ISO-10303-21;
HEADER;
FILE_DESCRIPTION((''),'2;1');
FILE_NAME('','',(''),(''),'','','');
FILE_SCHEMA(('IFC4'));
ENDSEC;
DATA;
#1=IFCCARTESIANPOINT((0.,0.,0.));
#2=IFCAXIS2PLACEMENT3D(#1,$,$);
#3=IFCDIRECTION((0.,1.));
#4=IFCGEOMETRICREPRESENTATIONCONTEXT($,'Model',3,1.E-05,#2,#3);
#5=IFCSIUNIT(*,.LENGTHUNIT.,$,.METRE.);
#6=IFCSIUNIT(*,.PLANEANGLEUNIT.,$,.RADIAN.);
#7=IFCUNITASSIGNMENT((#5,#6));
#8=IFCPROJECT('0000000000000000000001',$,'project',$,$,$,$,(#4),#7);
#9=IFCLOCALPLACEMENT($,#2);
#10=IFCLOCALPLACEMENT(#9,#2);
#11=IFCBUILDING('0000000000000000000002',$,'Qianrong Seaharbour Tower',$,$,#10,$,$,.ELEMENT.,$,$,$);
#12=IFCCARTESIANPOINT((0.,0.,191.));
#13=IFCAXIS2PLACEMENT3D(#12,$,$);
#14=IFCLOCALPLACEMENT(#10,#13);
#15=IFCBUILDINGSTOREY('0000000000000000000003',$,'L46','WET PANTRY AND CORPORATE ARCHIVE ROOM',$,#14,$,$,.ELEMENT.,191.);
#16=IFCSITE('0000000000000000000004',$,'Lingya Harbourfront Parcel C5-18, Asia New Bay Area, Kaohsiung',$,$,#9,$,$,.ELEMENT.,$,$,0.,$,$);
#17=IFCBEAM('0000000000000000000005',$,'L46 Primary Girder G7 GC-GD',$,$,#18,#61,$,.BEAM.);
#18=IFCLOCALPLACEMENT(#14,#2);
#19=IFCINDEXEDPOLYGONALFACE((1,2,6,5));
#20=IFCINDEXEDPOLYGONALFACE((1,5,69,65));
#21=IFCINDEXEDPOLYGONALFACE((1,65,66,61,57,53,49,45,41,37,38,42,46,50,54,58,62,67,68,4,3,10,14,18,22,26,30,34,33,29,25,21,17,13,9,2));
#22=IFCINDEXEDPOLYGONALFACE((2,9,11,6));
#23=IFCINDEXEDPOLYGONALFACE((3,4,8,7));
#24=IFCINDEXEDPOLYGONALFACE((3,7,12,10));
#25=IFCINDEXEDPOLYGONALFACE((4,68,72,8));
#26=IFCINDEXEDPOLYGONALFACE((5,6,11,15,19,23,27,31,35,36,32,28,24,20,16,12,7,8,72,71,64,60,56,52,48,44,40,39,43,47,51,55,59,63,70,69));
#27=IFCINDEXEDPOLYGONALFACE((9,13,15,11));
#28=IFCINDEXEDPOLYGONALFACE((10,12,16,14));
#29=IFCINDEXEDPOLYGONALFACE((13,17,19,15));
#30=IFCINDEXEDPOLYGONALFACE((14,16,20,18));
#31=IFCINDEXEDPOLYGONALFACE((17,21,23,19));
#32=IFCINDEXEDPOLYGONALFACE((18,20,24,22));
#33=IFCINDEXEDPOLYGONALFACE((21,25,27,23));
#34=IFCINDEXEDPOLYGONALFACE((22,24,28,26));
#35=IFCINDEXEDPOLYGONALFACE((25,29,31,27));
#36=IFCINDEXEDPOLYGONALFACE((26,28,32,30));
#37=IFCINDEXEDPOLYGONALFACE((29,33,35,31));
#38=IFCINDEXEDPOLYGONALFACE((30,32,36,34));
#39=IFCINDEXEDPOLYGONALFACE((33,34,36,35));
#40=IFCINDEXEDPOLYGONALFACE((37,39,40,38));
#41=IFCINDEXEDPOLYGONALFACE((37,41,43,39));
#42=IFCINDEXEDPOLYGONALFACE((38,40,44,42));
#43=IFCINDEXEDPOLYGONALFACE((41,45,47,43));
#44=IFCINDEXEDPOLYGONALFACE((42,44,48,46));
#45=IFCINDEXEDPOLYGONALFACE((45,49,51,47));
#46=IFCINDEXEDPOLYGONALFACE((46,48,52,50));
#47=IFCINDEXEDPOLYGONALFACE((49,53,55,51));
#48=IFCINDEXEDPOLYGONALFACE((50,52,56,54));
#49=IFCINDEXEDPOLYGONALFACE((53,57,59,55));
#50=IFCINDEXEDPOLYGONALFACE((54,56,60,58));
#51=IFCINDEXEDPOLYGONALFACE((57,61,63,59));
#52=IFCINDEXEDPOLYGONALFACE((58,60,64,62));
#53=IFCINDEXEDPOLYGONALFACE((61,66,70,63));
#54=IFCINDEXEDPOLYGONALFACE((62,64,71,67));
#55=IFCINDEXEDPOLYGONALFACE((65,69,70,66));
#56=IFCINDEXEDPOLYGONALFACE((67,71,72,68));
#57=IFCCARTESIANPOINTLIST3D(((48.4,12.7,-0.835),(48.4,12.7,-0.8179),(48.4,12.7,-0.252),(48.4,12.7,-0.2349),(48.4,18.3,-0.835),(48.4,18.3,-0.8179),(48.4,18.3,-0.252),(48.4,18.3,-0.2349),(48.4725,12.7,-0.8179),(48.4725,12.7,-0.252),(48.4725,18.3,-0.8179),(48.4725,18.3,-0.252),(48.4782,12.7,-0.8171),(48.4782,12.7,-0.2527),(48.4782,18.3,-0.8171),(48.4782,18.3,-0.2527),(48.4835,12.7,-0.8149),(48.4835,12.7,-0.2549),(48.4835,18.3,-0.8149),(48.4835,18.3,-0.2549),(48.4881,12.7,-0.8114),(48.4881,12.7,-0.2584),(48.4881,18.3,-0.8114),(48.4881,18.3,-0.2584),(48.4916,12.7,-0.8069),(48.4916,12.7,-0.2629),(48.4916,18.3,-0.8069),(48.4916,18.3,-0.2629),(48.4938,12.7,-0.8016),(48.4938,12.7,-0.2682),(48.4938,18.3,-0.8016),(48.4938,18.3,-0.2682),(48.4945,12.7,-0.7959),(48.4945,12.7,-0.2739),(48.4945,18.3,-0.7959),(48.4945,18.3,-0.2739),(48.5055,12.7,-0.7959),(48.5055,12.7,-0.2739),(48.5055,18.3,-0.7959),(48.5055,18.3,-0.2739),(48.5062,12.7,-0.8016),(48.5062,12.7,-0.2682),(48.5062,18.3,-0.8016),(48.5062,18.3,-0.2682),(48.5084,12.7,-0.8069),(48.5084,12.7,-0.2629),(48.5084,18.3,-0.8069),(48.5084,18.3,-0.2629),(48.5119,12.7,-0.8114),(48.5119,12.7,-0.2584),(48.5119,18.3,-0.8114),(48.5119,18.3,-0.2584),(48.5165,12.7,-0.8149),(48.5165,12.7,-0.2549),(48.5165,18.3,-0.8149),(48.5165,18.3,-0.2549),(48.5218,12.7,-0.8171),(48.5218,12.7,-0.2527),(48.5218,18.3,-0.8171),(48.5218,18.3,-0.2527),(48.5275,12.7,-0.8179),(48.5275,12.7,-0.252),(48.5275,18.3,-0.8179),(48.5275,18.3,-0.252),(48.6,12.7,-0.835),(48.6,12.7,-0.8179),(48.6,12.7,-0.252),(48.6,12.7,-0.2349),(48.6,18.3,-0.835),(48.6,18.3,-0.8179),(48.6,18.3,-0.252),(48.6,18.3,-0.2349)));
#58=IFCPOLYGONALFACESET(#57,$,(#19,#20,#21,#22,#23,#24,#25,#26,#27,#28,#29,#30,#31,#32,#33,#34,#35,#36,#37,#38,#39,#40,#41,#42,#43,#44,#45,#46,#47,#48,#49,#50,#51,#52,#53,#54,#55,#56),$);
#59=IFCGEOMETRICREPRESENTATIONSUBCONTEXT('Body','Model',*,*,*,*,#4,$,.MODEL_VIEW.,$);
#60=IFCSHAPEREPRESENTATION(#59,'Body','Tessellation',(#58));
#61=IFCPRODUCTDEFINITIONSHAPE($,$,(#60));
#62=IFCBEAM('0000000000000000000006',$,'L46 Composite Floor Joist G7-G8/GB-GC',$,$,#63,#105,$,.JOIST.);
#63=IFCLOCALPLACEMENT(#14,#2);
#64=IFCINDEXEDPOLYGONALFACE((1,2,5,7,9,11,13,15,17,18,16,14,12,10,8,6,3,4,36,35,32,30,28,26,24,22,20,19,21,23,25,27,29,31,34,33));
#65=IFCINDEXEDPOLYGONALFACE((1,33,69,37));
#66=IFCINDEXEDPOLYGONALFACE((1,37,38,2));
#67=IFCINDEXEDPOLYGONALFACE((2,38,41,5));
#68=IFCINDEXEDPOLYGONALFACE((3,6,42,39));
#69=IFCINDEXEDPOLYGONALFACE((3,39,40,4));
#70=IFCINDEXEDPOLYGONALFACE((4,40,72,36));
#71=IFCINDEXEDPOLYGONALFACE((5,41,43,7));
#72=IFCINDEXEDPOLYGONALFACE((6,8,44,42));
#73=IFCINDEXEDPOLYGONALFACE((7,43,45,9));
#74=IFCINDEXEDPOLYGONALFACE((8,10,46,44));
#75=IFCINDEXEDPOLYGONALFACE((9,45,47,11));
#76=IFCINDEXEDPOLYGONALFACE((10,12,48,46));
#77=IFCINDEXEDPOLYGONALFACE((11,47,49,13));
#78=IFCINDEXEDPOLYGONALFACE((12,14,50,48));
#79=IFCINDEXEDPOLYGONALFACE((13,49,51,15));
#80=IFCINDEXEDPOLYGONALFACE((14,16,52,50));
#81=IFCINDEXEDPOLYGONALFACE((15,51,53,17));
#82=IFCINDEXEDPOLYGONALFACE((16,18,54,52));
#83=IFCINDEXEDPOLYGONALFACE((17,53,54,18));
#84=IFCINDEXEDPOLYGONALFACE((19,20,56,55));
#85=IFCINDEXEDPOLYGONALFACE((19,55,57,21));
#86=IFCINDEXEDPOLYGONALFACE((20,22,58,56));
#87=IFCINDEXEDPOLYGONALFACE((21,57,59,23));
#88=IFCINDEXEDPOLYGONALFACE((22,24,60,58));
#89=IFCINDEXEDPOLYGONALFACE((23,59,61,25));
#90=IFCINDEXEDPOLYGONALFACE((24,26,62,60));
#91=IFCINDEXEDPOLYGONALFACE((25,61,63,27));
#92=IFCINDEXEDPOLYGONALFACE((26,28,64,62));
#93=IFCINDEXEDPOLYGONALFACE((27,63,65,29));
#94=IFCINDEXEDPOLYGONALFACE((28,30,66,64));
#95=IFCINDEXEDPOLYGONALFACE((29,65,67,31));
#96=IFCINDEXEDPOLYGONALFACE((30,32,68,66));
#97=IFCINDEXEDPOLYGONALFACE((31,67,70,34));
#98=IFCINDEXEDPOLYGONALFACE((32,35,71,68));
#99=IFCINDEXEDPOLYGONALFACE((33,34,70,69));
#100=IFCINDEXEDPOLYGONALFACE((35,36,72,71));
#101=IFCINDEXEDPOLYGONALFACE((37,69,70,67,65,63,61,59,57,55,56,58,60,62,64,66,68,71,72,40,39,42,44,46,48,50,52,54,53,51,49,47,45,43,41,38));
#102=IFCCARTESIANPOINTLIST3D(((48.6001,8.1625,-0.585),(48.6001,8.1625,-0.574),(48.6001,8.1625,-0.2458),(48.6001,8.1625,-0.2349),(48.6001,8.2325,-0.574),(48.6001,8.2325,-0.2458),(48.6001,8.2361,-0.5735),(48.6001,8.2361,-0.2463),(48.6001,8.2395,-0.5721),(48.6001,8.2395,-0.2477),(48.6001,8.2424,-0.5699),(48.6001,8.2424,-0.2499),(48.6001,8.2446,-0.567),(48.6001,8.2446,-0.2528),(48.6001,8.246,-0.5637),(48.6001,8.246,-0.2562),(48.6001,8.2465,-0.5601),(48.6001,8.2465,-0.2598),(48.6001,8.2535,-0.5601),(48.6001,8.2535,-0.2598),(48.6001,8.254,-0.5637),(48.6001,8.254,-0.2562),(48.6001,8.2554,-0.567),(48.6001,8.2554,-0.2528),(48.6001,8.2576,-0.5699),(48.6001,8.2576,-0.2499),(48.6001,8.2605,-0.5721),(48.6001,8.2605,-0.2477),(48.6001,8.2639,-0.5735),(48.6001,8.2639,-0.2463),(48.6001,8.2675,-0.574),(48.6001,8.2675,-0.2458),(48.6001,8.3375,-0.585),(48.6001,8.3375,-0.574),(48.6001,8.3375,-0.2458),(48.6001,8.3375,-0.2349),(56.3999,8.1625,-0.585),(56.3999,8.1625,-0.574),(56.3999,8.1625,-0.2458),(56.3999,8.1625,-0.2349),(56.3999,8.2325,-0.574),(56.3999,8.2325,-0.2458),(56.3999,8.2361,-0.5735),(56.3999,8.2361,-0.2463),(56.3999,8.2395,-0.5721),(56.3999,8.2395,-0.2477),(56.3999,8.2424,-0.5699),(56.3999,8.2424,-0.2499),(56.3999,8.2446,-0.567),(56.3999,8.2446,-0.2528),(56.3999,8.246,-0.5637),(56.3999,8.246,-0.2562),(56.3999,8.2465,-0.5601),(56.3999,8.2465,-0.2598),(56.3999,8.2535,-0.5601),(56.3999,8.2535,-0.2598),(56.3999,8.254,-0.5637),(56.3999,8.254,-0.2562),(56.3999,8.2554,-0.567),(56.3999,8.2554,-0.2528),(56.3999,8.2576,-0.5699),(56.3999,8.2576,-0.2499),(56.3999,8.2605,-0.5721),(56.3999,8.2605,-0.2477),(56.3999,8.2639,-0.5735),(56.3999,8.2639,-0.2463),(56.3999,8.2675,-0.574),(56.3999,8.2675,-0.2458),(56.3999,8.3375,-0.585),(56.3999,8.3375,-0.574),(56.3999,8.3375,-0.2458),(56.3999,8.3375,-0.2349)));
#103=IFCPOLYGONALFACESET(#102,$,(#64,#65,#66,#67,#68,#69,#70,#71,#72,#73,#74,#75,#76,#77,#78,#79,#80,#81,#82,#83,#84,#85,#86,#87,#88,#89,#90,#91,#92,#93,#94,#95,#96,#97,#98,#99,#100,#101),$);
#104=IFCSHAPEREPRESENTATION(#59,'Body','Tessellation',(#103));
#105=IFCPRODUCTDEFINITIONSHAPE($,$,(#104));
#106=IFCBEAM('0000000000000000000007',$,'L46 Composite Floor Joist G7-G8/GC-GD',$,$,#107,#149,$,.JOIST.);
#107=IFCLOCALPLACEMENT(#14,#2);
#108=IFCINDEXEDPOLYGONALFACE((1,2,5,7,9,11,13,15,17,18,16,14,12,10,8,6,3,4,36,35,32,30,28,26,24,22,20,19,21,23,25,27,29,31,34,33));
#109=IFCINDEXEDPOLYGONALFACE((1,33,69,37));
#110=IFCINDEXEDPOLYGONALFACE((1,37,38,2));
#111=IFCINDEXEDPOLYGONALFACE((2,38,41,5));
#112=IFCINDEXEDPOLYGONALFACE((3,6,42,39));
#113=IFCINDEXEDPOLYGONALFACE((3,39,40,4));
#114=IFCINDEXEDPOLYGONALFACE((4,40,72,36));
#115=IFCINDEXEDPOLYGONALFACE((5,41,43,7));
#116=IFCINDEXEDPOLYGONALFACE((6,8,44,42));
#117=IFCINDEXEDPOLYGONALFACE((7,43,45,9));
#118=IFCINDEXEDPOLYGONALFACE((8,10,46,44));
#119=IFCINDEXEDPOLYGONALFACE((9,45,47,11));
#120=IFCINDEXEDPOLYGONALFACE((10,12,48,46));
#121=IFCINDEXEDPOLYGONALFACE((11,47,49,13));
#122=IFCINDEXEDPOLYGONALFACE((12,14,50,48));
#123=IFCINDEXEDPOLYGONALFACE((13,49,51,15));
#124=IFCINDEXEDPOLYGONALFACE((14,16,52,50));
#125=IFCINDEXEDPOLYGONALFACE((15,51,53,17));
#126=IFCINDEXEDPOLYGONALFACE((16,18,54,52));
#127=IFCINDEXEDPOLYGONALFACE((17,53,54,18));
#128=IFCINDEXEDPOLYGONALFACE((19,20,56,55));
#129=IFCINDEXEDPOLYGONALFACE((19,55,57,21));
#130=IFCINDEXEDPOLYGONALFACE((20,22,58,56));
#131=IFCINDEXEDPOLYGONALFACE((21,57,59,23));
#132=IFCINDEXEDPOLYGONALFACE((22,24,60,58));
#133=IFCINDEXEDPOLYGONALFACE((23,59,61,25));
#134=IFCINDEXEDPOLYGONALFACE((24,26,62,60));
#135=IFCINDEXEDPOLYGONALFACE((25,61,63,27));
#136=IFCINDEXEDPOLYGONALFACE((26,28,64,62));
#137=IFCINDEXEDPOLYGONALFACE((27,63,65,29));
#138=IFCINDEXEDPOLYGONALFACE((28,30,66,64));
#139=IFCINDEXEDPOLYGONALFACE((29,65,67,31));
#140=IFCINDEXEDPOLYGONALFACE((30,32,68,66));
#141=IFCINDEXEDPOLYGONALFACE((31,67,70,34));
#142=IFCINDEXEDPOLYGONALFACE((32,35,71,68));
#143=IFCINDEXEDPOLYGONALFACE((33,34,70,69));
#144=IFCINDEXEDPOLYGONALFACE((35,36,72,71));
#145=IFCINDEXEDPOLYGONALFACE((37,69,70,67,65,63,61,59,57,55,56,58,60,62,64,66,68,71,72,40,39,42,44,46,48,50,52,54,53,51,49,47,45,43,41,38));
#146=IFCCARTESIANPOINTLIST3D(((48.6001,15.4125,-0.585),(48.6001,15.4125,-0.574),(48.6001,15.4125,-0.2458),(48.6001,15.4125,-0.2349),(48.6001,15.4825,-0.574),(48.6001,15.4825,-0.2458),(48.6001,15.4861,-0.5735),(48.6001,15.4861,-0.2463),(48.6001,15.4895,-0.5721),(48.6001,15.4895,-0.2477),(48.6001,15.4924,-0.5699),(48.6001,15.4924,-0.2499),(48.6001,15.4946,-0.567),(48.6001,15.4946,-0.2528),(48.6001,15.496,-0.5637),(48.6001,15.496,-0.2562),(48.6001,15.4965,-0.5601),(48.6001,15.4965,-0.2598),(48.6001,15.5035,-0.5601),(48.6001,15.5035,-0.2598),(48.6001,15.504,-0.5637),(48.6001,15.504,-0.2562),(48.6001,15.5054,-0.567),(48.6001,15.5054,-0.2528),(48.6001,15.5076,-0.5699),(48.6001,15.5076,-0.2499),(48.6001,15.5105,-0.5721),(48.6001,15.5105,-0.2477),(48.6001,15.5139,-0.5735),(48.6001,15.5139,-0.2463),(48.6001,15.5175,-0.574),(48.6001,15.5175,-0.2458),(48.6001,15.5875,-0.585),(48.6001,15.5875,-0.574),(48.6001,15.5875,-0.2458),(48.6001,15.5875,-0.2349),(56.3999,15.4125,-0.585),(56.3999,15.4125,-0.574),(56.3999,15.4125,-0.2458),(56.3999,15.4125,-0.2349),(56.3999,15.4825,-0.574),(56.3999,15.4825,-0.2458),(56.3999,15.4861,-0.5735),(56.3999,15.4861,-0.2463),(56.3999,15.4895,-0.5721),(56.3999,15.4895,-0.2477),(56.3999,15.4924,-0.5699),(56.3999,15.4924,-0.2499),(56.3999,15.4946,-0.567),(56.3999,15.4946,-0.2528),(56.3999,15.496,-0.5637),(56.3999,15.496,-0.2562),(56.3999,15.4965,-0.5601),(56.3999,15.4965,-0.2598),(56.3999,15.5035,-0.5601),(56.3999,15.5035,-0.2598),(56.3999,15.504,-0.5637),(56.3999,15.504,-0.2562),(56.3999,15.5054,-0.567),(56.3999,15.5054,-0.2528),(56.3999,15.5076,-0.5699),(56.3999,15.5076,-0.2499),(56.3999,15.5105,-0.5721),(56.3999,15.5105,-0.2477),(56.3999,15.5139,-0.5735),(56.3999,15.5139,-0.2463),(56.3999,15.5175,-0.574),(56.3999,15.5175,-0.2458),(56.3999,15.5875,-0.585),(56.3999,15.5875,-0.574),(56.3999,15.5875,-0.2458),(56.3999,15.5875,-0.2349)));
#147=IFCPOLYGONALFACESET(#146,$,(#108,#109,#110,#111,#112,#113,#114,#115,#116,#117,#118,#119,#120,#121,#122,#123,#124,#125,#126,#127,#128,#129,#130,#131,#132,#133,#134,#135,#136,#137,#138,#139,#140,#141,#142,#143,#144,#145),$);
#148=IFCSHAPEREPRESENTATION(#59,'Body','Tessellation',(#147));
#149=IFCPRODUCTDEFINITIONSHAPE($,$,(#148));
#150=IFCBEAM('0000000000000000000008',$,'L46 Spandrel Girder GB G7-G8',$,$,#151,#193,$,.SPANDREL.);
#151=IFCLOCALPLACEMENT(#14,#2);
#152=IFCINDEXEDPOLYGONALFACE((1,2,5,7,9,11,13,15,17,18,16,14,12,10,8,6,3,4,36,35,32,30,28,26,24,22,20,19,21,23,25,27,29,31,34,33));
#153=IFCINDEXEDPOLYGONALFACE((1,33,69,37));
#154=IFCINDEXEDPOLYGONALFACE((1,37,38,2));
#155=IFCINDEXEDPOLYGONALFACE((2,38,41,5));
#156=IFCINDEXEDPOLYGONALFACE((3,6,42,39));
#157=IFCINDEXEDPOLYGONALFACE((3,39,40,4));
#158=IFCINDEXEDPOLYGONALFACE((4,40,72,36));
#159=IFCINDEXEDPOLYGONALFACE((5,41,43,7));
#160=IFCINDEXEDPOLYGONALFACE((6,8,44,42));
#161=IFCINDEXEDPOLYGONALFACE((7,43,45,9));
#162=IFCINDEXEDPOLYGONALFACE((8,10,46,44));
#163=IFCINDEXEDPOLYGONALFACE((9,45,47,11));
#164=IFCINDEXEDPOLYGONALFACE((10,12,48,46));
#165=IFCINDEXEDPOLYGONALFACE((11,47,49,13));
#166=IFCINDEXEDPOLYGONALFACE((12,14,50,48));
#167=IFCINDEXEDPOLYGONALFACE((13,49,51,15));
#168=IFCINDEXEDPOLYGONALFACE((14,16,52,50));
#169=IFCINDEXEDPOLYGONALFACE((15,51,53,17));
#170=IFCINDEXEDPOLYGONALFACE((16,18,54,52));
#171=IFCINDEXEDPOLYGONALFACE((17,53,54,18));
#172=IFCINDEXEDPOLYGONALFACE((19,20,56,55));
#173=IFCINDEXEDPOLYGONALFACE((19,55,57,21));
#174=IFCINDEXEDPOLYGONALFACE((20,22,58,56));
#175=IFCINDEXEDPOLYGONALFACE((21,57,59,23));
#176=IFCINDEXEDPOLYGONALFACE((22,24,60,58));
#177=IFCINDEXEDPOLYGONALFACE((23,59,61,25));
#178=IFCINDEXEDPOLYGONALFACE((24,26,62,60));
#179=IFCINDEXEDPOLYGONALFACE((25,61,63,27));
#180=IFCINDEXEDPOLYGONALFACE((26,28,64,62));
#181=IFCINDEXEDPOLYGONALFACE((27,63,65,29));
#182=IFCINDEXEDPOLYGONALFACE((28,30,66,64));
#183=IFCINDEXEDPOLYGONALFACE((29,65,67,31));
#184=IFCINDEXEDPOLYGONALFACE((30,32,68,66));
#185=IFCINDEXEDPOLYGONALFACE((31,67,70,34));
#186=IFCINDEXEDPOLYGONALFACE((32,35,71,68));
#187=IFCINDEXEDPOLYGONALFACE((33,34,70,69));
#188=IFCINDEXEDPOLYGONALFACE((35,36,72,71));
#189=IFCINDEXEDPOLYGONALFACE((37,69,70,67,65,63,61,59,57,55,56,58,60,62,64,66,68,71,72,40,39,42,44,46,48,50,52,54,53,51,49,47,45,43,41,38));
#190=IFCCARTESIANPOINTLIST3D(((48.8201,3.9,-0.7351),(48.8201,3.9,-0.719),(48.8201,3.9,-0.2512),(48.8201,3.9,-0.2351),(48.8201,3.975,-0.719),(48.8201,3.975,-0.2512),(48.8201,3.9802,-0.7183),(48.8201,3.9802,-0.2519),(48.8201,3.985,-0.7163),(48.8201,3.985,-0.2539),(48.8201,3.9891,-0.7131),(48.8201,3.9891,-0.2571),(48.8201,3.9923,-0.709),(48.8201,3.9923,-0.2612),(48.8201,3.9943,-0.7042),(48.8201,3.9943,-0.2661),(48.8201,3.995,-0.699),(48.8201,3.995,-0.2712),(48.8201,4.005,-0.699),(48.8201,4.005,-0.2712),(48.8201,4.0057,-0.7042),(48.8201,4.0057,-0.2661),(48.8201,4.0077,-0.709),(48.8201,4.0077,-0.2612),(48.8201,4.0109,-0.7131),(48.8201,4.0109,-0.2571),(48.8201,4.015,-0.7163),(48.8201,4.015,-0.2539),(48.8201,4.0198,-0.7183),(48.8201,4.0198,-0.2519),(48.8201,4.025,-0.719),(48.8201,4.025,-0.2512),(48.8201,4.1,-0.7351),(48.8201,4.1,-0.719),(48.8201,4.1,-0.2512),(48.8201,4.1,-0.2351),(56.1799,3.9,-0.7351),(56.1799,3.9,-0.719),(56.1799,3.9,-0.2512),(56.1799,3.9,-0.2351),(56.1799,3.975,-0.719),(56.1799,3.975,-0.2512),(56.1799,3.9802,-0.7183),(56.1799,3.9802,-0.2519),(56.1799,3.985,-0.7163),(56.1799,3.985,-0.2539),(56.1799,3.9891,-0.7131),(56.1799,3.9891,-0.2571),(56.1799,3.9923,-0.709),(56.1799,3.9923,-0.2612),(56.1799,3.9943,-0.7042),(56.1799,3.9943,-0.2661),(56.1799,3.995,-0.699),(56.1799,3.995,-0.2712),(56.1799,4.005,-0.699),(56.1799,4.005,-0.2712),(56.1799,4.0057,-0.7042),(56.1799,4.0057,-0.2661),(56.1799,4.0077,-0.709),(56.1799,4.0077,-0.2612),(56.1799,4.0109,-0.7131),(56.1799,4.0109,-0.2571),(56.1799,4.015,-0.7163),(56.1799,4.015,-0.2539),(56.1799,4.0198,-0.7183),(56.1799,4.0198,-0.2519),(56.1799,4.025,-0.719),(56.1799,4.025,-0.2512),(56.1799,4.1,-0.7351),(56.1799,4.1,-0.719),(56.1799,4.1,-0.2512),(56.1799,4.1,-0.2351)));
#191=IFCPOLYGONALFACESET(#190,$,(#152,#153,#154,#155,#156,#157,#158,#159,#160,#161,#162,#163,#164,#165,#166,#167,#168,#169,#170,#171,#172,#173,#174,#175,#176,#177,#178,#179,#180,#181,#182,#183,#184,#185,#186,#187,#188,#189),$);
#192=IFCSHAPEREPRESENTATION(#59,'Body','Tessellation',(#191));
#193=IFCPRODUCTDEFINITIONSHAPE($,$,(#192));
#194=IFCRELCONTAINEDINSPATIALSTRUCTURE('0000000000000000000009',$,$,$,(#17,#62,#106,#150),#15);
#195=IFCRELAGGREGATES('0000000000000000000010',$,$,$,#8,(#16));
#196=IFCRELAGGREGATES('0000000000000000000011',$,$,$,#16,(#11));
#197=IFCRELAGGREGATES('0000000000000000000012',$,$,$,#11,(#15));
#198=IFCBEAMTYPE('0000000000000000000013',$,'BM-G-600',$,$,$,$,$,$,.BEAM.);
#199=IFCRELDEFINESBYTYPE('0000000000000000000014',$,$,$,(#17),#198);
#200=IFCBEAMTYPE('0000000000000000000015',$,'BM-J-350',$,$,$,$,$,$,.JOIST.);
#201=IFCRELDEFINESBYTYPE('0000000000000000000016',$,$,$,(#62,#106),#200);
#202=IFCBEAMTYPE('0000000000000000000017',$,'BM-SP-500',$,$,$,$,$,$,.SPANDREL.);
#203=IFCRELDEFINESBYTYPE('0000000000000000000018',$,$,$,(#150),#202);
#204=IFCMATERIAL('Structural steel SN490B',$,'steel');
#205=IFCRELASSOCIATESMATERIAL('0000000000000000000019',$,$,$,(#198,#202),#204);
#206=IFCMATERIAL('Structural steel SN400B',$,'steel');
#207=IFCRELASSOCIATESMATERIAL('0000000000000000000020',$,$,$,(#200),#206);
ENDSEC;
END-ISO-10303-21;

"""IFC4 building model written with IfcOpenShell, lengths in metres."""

from ifc_helpers import new_model, si_unit, direction, frame, origin, origin_2d, place, context, subcontext, project, spatial, i_section, extrude, material, material_profile, profile_set, type_object, element, save


model = new_model("IFC4")

# Units and contexts
model_context = context("Model", 3, precision=1e-05, world=origin(), true_north=direction((0.0, 1.0)))
body_context = subcontext(model_context, "Body", "Model", "MODEL_VIEW")
ifc_project = project(units=[si_unit("LENGTHUNIT", "METRE"), si_unit("PLANEANGLEUNIT", "RADIAN")], contexts=[model_context])

# Site, building, storey
site_placement = place(None, origin())
site = spatial("IfcSite", under=ifc_project, at=site_placement, Name="Lingya Harbourfront Parcel C5-18, Asia New Bay Area, Kaohsiung", CompositionType="ELEMENT", RefElevation=0.0)
building_placement = place(site_placement, origin())
building = spatial("IfcBuilding", under=site, at=building_placement, Name="Qianrong Seaharbour Tower", CompositionType="ELEMENT")
storey_placement = place(building_placement, frame((0.0, 0.0, 191.0)))
storey = spatial("IfcBuildingStorey", under=building, at=storey_placement, Name="L46", Description="WET PANTRY AND CORPORATE ARCHIVE ROOM", CompositionType="ELEMENT", Elevation=191.0)

# Shared definitions
ifc_material_1 = material(Name="Structural steel SN490B", Category="steel")

# Beams
ifc_material_profile_1 = material_profile(ifc_material_1, i_section(OverallWidth=0.2, OverallDepth=0.6001, WebThickness=0.011, FlangeThickness=0.0171, FilletRadius=0.022, at=origin_2d()), Name="H600x200x11x17")
ifc_profile_set_1 = profile_set([ifc_material_profile_1], Name="Structural steel SN490B")
beam_type_1 = type_object("IfcBeamType", Name="BM-G-600", PredefinedType="BEAM", material=ifc_profile_set_1)
beam_1_placement = place(storey_placement, frame((48.5, 12.7, -0.5349), z_axis=(0.0, 1.0, 0.0), x_axis=(-1.0, 0.0, 0.0)))
element("IfcBeam", 1, at=beam_1_placement, inside=storey, type_object=beam_type_1, Name="L46 Primary Girder G7 GC-GD", PredefinedType="BEAM", context=body_context, shape_type="SweptSolid", body=[
    extrude(i_section(OverallWidth=0.2, OverallDepth=0.6001, WebThickness=0.011, FlangeThickness=0.0171, FilletRadius=0.022, at=origin_2d()), origin(), (0.0, 0.0, 1.0), 5.6001),
])
ifc_material_2 = material(Name="Structural steel SN400B", Category="steel")
ifc_material_profile_2 = material_profile(ifc_material_2, i_section(OverallWidth=0.175, OverallDepth=0.3501, WebThickness=0.0071, FlangeThickness=0.011, FilletRadius=0.0139, at=origin_2d()), Name="H350x175x7x11")
ifc_profile_set_2 = profile_set([ifc_material_profile_2], Name="Structural steel SN400B")
beam_type_2 = type_object("IfcBeamType", Name="BM-J-350", PredefinedType="JOIST", material=ifc_profile_set_2)
for number, where, z_axis, x_axis, name in (
    (2, (48.6001, 8.25, -0.4099), (1.0, 0.0, 0.0), (0.0, 1.0, 0.0), "L46 Composite Floor Joist G7-G8/GB-GC"),
    (3, (48.6001, 15.5, -0.4099), (1.0, 0.0, 0.0), (0.0, 1.0, 0.0), "L46 Composite Floor Joist G7-G8/GC-GD"),
):
    element("IfcBeam", number, at=place(storey_placement, frame(where, z_axis=z_axis, x_axis=x_axis)), inside=storey, type_object=beam_type_2, Name=name, PredefinedType="JOIST", context=body_context, shape_type="SweptSolid", body=[
        extrude(i_section(OverallWidth=0.175, OverallDepth=0.3501, WebThickness=0.0071, FlangeThickness=0.011, FilletRadius=0.0139, at=origin_2d()), origin(), (0.0, 0.0, 1.0), 7.7998),
    ])
ifc_material_profile_3 = material_profile(ifc_material_1, i_section(OverallWidth=0.2, OverallDepth=0.5, WebThickness=0.01, FlangeThickness=0.0161, FilletRadius=0.02, at=origin_2d()), Name="H500x200x10x16")
ifc_profile_set_3 = profile_set([ifc_material_profile_3], Name="Structural steel SN490B")
beam_type_3 = type_object("IfcBeamType", Name="BM-SP-500", PredefinedType="SPANDREL", material=ifc_profile_set_3)
beam_2_placement = place(storey_placement, frame((48.8201, 4.0, -0.4851), z_axis=(1.0, 0.0, 0.0), x_axis=(0.0, 1.0, 0.0)))
element("IfcBeam", 4, at=beam_2_placement, inside=storey, type_object=beam_type_3, Name="L46 Spandrel Girder GB G7-G8", PredefinedType="SPANDREL", context=body_context, shape_type="SweptSolid", body=[
    extrude(i_section(OverallWidth=0.2, OverallDepth=0.5, WebThickness=0.01, FlangeThickness=0.0161, FilletRadius=0.02, at=origin_2d()), origin(), (0.0, 0.0, 1.0), 7.3599),
])

save(model, "model.ifc")
